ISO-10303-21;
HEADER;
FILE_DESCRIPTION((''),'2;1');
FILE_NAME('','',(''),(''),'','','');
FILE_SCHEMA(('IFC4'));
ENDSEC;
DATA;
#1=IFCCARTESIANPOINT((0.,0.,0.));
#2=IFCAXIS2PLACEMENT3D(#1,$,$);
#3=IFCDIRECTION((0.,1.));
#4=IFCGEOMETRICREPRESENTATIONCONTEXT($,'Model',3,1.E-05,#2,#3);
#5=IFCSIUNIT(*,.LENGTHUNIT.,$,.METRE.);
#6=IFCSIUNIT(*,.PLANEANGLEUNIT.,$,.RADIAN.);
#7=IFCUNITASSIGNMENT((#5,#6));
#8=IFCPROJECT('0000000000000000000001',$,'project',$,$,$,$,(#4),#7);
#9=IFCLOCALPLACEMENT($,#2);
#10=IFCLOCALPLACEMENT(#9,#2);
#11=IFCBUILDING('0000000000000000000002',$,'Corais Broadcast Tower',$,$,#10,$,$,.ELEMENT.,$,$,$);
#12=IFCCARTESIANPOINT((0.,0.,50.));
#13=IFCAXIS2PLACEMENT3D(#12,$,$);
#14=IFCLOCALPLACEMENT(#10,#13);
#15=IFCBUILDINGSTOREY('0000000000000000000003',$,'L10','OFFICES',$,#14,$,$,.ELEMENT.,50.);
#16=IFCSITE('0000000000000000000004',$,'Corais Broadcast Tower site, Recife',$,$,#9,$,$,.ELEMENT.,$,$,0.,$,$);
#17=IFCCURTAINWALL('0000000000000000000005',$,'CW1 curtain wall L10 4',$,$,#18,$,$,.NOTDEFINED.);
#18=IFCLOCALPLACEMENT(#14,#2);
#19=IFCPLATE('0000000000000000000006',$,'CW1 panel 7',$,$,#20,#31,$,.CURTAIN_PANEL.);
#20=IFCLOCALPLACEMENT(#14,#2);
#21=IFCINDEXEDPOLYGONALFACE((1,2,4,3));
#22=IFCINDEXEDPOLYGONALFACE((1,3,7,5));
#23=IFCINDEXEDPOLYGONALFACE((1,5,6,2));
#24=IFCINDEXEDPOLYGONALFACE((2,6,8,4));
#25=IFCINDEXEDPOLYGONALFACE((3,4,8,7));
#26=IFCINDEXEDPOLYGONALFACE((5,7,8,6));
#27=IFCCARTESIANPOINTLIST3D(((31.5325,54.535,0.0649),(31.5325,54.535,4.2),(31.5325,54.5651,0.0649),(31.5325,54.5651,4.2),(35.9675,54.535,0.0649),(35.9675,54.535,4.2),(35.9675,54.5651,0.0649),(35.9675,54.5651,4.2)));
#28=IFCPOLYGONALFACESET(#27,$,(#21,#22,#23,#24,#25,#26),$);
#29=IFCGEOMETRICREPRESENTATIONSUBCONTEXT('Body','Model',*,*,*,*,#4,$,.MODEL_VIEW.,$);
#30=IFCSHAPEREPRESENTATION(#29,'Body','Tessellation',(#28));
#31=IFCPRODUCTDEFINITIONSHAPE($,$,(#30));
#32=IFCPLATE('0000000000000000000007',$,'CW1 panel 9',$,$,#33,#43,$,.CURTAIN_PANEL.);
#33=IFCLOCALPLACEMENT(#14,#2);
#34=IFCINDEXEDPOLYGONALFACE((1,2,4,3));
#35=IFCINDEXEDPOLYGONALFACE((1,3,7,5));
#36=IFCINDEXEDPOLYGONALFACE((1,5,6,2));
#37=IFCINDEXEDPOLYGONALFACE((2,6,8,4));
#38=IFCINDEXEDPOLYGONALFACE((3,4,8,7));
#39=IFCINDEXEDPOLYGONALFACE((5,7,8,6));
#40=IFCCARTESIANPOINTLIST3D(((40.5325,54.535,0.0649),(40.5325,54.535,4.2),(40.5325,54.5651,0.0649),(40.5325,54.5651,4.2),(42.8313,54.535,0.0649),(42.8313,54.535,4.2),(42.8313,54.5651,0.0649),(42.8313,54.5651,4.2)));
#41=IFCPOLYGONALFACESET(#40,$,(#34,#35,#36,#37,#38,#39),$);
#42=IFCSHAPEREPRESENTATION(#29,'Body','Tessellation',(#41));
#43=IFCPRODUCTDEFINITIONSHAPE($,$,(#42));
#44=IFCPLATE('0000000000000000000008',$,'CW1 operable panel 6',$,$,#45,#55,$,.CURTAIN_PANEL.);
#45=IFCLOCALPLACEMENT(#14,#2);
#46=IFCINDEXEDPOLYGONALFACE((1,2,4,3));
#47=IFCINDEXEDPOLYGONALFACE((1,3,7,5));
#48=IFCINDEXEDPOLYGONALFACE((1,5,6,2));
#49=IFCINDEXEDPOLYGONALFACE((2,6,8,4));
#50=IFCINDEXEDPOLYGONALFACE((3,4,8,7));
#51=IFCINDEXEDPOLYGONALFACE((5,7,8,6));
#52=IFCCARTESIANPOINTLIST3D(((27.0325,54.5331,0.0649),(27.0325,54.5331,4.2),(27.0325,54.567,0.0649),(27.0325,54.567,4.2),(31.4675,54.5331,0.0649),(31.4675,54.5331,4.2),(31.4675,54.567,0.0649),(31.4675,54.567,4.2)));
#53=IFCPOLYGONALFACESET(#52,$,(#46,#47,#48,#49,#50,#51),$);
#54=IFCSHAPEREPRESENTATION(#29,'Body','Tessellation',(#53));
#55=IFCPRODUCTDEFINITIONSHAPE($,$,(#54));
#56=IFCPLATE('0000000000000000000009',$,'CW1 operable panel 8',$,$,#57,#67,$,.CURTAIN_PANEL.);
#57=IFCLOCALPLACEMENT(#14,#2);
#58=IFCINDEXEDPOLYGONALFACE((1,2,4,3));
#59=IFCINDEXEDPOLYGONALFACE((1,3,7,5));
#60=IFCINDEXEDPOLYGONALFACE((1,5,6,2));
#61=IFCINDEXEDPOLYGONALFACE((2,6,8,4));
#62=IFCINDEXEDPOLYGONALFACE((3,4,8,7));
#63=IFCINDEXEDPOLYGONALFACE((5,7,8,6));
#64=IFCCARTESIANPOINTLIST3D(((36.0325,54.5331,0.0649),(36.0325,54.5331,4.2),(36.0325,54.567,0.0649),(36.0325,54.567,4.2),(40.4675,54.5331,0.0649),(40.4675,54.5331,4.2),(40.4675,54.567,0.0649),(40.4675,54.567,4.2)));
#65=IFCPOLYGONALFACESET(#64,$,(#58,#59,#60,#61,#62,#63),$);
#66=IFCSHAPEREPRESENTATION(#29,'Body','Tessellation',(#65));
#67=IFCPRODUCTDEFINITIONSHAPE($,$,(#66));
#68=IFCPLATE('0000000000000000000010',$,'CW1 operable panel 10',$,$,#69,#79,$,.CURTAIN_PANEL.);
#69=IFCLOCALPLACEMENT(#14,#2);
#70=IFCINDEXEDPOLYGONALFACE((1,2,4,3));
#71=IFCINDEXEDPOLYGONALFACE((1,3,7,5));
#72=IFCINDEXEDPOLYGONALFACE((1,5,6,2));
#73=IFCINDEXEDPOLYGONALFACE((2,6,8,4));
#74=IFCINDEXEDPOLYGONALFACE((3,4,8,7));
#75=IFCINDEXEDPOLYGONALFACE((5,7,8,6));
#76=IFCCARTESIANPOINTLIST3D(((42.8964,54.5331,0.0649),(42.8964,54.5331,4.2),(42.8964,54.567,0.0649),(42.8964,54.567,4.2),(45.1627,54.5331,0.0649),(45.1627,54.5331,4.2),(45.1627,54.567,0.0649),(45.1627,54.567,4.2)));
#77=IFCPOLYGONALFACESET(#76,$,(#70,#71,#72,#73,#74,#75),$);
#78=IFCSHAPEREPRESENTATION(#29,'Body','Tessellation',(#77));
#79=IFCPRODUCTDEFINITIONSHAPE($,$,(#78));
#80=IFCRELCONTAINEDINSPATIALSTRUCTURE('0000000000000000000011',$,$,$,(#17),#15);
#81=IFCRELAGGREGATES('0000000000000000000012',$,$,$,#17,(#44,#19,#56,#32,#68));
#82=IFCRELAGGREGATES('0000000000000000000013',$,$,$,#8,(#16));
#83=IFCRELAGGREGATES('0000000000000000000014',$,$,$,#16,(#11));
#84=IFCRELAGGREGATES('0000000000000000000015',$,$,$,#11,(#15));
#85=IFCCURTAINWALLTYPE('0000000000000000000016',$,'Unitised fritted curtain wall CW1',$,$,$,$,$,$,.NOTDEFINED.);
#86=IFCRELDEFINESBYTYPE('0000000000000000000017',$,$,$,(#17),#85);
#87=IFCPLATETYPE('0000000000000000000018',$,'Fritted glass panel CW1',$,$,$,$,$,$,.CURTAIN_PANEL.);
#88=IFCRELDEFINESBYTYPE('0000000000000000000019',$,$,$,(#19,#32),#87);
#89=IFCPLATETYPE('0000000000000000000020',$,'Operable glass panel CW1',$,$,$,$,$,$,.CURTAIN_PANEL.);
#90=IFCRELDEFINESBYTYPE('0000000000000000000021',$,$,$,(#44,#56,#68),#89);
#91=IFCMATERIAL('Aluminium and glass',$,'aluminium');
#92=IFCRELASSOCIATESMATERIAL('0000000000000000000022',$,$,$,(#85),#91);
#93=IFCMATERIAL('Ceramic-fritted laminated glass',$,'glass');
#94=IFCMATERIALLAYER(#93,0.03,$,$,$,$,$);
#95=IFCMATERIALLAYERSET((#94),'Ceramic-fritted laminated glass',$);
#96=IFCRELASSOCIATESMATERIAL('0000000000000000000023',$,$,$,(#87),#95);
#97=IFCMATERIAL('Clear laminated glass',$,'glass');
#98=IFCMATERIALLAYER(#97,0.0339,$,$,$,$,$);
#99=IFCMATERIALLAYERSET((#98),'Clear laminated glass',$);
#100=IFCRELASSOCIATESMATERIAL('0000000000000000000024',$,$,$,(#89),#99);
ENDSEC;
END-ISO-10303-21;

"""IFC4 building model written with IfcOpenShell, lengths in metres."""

from ifc_helpers import new_model, si_unit, direction, frame, origin, origin_2d, place, context, subcontext, project, spatial, rectangle, extrude, material, layer, layer_set, type_object, element, aggregate, save


model = new_model("IFC4")

# Units and contexts
model_context = context("Model", 3, precision=1e-05, world=origin(), true_north=direction((0.0, 1.0)))
body_context = subcontext(model_context, "Body", "Model", "MODEL_VIEW")
ifc_project = project(units=[si_unit("LENGTHUNIT", "METRE"), si_unit("PLANEANGLEUNIT", "RADIAN")], contexts=[model_context])

# Site, building, storey
site_placement = place(None, origin())
site = spatial("IfcSite", under=ifc_project, at=site_placement, Name="Corais Broadcast Tower site, Recife", CompositionType="ELEMENT", RefElevation=0.0)
building_placement = place(site_placement, origin())
building = spatial("IfcBuilding", under=site, at=building_placement, Name="Corais Broadcast Tower", CompositionType="ELEMENT")
storey_placement = place(building_placement, frame((0.0, 0.0, 50.0)))
storey = spatial("IfcBuildingStorey", under=building, at=storey_placement, Name="L10", Description="OFFICES", CompositionType="ELEMENT", Elevation=50.0)

# Curtain wall
ifc_material_1 = material(Name="Aluminium and glass", Category="aluminium")
curtain_wall_type = type_object("IfcCurtainWallType", Name="Unitised fritted curtain wall CW1", PredefinedType="NOTDEFINED", material=ifc_material_1)
curtain_wall_placement = place(storey_placement, origin())
curtain_wall = element("IfcCurtainWall", 1, at=curtain_wall_placement, inside=storey, type_object=curtain_wall_type, Name="CW1 curtain wall L10 4", PredefinedType="NOTDEFINED")

# Plates
ifc_material_2 = material(Name="Ceramic-fritted laminated glass", Category="glass")
ifc_layer_1 = layer(ifc_material_2, 0.03)
ifc_layer_set_1 = layer_set([ifc_layer_1], Name="Ceramic-fritted laminated glass")
plate_type_1 = type_object("IfcPlateType", Name="Fritted glass panel CW1", PredefinedType="CURTAIN_PANEL", material=ifc_layer_set_1)
plate_1_placement = place(storey_placement, frame((33.75, 54.55, 0.0649), z_axis=(0.0, 0.0, 1.0), x_axis=(1.0, 0.0, 0.0)))
plate_1 = element("IfcPlate", 2, at=plate_1_placement, type_object=plate_type_1, Name="CW1 panel 7", PredefinedType="CURTAIN_PANEL", context=body_context, shape_type="SweptSolid", body=[
    extrude(rectangle(XDim=4.4351, YDim=0.03, at=origin_2d()), origin(), (0.0, 0.0, 1.0), 4.135),
])
plate_2_placement = place(storey_placement, frame((41.6819, 54.55, 0.0649), z_axis=(0.0, 0.0, 1.0), x_axis=(1.0, 0.0, 0.0)))
plate_2 = element("IfcPlate", 3, at=plate_2_placement, type_object=plate_type_1, Name="CW1 panel 9", PredefinedType="CURTAIN_PANEL", context=body_context, shape_type="SweptSolid", body=[
    extrude(rectangle(XDim=2.2988, YDim=0.03, at=origin_2d()), origin(), (0.0, 0.0, 1.0), 4.135),
])
ifc_material_3 = material(Name="Clear laminated glass", Category="glass")
ifc_layer_2 = layer(ifc_material_3, 0.0339)
ifc_layer_set_2 = layer_set([ifc_layer_2], Name="Clear laminated glass")
plate_type_2 = type_object("IfcPlateType", Name="Operable glass panel CW1", PredefinedType="CURTAIN_PANEL", material=ifc_layer_set_2)
plate_3_placement = place(storey_placement, frame((29.25, 54.55, 0.0649), z_axis=(0.0, 0.0, 1.0), x_axis=(1.0, 0.0, 0.0)))
plate_3 = element("IfcPlate", 4, at=plate_3_placement, type_object=plate_type_2, Name="CW1 operable panel 6", PredefinedType="CURTAIN_PANEL", context=body_context, shape_type="SweptSolid", body=[
    extrude(rectangle(XDim=4.4351, YDim=0.0339, at=origin_2d()), origin(), (0.0, 0.0, 1.0), 4.135),
])
plate_4_placement = place(storey_placement, frame((38.25, 54.55, 0.0649), z_axis=(0.0, 0.0, 1.0), x_axis=(1.0, 0.0, 0.0)))
plate_4 = element("IfcPlate", 5, at=plate_4_placement, type_object=plate_type_2, Name="CW1 operable panel 8", PredefinedType="CURTAIN_PANEL", context=body_context, shape_type="SweptSolid", body=[
    extrude(rectangle(XDim=4.4351, YDim=0.0339, at=origin_2d()), origin(), (0.0, 0.0, 1.0), 4.135),
])
plate_5_placement = place(storey_placement, frame((44.0295, 54.55, 0.0649), z_axis=(0.0, 0.0, 1.0), x_axis=(1.0, 0.0, 0.0)))
plate_5 = element("IfcPlate", 6, at=plate_5_placement, type_object=plate_type_2, Name="CW1 operable panel 10", PredefinedType="CURTAIN_PANEL", context=body_context, shape_type="SweptSolid", body=[
    extrude(rectangle(XDim=2.2664, YDim=0.0339, at=origin_2d()), origin(), (0.0, 0.0, 1.0), 4.135),
])
aggregate(curtain_wall, [plate_3, plate_1, plate_4, plate_2, plate_5])

save(model, "model.ifc")
